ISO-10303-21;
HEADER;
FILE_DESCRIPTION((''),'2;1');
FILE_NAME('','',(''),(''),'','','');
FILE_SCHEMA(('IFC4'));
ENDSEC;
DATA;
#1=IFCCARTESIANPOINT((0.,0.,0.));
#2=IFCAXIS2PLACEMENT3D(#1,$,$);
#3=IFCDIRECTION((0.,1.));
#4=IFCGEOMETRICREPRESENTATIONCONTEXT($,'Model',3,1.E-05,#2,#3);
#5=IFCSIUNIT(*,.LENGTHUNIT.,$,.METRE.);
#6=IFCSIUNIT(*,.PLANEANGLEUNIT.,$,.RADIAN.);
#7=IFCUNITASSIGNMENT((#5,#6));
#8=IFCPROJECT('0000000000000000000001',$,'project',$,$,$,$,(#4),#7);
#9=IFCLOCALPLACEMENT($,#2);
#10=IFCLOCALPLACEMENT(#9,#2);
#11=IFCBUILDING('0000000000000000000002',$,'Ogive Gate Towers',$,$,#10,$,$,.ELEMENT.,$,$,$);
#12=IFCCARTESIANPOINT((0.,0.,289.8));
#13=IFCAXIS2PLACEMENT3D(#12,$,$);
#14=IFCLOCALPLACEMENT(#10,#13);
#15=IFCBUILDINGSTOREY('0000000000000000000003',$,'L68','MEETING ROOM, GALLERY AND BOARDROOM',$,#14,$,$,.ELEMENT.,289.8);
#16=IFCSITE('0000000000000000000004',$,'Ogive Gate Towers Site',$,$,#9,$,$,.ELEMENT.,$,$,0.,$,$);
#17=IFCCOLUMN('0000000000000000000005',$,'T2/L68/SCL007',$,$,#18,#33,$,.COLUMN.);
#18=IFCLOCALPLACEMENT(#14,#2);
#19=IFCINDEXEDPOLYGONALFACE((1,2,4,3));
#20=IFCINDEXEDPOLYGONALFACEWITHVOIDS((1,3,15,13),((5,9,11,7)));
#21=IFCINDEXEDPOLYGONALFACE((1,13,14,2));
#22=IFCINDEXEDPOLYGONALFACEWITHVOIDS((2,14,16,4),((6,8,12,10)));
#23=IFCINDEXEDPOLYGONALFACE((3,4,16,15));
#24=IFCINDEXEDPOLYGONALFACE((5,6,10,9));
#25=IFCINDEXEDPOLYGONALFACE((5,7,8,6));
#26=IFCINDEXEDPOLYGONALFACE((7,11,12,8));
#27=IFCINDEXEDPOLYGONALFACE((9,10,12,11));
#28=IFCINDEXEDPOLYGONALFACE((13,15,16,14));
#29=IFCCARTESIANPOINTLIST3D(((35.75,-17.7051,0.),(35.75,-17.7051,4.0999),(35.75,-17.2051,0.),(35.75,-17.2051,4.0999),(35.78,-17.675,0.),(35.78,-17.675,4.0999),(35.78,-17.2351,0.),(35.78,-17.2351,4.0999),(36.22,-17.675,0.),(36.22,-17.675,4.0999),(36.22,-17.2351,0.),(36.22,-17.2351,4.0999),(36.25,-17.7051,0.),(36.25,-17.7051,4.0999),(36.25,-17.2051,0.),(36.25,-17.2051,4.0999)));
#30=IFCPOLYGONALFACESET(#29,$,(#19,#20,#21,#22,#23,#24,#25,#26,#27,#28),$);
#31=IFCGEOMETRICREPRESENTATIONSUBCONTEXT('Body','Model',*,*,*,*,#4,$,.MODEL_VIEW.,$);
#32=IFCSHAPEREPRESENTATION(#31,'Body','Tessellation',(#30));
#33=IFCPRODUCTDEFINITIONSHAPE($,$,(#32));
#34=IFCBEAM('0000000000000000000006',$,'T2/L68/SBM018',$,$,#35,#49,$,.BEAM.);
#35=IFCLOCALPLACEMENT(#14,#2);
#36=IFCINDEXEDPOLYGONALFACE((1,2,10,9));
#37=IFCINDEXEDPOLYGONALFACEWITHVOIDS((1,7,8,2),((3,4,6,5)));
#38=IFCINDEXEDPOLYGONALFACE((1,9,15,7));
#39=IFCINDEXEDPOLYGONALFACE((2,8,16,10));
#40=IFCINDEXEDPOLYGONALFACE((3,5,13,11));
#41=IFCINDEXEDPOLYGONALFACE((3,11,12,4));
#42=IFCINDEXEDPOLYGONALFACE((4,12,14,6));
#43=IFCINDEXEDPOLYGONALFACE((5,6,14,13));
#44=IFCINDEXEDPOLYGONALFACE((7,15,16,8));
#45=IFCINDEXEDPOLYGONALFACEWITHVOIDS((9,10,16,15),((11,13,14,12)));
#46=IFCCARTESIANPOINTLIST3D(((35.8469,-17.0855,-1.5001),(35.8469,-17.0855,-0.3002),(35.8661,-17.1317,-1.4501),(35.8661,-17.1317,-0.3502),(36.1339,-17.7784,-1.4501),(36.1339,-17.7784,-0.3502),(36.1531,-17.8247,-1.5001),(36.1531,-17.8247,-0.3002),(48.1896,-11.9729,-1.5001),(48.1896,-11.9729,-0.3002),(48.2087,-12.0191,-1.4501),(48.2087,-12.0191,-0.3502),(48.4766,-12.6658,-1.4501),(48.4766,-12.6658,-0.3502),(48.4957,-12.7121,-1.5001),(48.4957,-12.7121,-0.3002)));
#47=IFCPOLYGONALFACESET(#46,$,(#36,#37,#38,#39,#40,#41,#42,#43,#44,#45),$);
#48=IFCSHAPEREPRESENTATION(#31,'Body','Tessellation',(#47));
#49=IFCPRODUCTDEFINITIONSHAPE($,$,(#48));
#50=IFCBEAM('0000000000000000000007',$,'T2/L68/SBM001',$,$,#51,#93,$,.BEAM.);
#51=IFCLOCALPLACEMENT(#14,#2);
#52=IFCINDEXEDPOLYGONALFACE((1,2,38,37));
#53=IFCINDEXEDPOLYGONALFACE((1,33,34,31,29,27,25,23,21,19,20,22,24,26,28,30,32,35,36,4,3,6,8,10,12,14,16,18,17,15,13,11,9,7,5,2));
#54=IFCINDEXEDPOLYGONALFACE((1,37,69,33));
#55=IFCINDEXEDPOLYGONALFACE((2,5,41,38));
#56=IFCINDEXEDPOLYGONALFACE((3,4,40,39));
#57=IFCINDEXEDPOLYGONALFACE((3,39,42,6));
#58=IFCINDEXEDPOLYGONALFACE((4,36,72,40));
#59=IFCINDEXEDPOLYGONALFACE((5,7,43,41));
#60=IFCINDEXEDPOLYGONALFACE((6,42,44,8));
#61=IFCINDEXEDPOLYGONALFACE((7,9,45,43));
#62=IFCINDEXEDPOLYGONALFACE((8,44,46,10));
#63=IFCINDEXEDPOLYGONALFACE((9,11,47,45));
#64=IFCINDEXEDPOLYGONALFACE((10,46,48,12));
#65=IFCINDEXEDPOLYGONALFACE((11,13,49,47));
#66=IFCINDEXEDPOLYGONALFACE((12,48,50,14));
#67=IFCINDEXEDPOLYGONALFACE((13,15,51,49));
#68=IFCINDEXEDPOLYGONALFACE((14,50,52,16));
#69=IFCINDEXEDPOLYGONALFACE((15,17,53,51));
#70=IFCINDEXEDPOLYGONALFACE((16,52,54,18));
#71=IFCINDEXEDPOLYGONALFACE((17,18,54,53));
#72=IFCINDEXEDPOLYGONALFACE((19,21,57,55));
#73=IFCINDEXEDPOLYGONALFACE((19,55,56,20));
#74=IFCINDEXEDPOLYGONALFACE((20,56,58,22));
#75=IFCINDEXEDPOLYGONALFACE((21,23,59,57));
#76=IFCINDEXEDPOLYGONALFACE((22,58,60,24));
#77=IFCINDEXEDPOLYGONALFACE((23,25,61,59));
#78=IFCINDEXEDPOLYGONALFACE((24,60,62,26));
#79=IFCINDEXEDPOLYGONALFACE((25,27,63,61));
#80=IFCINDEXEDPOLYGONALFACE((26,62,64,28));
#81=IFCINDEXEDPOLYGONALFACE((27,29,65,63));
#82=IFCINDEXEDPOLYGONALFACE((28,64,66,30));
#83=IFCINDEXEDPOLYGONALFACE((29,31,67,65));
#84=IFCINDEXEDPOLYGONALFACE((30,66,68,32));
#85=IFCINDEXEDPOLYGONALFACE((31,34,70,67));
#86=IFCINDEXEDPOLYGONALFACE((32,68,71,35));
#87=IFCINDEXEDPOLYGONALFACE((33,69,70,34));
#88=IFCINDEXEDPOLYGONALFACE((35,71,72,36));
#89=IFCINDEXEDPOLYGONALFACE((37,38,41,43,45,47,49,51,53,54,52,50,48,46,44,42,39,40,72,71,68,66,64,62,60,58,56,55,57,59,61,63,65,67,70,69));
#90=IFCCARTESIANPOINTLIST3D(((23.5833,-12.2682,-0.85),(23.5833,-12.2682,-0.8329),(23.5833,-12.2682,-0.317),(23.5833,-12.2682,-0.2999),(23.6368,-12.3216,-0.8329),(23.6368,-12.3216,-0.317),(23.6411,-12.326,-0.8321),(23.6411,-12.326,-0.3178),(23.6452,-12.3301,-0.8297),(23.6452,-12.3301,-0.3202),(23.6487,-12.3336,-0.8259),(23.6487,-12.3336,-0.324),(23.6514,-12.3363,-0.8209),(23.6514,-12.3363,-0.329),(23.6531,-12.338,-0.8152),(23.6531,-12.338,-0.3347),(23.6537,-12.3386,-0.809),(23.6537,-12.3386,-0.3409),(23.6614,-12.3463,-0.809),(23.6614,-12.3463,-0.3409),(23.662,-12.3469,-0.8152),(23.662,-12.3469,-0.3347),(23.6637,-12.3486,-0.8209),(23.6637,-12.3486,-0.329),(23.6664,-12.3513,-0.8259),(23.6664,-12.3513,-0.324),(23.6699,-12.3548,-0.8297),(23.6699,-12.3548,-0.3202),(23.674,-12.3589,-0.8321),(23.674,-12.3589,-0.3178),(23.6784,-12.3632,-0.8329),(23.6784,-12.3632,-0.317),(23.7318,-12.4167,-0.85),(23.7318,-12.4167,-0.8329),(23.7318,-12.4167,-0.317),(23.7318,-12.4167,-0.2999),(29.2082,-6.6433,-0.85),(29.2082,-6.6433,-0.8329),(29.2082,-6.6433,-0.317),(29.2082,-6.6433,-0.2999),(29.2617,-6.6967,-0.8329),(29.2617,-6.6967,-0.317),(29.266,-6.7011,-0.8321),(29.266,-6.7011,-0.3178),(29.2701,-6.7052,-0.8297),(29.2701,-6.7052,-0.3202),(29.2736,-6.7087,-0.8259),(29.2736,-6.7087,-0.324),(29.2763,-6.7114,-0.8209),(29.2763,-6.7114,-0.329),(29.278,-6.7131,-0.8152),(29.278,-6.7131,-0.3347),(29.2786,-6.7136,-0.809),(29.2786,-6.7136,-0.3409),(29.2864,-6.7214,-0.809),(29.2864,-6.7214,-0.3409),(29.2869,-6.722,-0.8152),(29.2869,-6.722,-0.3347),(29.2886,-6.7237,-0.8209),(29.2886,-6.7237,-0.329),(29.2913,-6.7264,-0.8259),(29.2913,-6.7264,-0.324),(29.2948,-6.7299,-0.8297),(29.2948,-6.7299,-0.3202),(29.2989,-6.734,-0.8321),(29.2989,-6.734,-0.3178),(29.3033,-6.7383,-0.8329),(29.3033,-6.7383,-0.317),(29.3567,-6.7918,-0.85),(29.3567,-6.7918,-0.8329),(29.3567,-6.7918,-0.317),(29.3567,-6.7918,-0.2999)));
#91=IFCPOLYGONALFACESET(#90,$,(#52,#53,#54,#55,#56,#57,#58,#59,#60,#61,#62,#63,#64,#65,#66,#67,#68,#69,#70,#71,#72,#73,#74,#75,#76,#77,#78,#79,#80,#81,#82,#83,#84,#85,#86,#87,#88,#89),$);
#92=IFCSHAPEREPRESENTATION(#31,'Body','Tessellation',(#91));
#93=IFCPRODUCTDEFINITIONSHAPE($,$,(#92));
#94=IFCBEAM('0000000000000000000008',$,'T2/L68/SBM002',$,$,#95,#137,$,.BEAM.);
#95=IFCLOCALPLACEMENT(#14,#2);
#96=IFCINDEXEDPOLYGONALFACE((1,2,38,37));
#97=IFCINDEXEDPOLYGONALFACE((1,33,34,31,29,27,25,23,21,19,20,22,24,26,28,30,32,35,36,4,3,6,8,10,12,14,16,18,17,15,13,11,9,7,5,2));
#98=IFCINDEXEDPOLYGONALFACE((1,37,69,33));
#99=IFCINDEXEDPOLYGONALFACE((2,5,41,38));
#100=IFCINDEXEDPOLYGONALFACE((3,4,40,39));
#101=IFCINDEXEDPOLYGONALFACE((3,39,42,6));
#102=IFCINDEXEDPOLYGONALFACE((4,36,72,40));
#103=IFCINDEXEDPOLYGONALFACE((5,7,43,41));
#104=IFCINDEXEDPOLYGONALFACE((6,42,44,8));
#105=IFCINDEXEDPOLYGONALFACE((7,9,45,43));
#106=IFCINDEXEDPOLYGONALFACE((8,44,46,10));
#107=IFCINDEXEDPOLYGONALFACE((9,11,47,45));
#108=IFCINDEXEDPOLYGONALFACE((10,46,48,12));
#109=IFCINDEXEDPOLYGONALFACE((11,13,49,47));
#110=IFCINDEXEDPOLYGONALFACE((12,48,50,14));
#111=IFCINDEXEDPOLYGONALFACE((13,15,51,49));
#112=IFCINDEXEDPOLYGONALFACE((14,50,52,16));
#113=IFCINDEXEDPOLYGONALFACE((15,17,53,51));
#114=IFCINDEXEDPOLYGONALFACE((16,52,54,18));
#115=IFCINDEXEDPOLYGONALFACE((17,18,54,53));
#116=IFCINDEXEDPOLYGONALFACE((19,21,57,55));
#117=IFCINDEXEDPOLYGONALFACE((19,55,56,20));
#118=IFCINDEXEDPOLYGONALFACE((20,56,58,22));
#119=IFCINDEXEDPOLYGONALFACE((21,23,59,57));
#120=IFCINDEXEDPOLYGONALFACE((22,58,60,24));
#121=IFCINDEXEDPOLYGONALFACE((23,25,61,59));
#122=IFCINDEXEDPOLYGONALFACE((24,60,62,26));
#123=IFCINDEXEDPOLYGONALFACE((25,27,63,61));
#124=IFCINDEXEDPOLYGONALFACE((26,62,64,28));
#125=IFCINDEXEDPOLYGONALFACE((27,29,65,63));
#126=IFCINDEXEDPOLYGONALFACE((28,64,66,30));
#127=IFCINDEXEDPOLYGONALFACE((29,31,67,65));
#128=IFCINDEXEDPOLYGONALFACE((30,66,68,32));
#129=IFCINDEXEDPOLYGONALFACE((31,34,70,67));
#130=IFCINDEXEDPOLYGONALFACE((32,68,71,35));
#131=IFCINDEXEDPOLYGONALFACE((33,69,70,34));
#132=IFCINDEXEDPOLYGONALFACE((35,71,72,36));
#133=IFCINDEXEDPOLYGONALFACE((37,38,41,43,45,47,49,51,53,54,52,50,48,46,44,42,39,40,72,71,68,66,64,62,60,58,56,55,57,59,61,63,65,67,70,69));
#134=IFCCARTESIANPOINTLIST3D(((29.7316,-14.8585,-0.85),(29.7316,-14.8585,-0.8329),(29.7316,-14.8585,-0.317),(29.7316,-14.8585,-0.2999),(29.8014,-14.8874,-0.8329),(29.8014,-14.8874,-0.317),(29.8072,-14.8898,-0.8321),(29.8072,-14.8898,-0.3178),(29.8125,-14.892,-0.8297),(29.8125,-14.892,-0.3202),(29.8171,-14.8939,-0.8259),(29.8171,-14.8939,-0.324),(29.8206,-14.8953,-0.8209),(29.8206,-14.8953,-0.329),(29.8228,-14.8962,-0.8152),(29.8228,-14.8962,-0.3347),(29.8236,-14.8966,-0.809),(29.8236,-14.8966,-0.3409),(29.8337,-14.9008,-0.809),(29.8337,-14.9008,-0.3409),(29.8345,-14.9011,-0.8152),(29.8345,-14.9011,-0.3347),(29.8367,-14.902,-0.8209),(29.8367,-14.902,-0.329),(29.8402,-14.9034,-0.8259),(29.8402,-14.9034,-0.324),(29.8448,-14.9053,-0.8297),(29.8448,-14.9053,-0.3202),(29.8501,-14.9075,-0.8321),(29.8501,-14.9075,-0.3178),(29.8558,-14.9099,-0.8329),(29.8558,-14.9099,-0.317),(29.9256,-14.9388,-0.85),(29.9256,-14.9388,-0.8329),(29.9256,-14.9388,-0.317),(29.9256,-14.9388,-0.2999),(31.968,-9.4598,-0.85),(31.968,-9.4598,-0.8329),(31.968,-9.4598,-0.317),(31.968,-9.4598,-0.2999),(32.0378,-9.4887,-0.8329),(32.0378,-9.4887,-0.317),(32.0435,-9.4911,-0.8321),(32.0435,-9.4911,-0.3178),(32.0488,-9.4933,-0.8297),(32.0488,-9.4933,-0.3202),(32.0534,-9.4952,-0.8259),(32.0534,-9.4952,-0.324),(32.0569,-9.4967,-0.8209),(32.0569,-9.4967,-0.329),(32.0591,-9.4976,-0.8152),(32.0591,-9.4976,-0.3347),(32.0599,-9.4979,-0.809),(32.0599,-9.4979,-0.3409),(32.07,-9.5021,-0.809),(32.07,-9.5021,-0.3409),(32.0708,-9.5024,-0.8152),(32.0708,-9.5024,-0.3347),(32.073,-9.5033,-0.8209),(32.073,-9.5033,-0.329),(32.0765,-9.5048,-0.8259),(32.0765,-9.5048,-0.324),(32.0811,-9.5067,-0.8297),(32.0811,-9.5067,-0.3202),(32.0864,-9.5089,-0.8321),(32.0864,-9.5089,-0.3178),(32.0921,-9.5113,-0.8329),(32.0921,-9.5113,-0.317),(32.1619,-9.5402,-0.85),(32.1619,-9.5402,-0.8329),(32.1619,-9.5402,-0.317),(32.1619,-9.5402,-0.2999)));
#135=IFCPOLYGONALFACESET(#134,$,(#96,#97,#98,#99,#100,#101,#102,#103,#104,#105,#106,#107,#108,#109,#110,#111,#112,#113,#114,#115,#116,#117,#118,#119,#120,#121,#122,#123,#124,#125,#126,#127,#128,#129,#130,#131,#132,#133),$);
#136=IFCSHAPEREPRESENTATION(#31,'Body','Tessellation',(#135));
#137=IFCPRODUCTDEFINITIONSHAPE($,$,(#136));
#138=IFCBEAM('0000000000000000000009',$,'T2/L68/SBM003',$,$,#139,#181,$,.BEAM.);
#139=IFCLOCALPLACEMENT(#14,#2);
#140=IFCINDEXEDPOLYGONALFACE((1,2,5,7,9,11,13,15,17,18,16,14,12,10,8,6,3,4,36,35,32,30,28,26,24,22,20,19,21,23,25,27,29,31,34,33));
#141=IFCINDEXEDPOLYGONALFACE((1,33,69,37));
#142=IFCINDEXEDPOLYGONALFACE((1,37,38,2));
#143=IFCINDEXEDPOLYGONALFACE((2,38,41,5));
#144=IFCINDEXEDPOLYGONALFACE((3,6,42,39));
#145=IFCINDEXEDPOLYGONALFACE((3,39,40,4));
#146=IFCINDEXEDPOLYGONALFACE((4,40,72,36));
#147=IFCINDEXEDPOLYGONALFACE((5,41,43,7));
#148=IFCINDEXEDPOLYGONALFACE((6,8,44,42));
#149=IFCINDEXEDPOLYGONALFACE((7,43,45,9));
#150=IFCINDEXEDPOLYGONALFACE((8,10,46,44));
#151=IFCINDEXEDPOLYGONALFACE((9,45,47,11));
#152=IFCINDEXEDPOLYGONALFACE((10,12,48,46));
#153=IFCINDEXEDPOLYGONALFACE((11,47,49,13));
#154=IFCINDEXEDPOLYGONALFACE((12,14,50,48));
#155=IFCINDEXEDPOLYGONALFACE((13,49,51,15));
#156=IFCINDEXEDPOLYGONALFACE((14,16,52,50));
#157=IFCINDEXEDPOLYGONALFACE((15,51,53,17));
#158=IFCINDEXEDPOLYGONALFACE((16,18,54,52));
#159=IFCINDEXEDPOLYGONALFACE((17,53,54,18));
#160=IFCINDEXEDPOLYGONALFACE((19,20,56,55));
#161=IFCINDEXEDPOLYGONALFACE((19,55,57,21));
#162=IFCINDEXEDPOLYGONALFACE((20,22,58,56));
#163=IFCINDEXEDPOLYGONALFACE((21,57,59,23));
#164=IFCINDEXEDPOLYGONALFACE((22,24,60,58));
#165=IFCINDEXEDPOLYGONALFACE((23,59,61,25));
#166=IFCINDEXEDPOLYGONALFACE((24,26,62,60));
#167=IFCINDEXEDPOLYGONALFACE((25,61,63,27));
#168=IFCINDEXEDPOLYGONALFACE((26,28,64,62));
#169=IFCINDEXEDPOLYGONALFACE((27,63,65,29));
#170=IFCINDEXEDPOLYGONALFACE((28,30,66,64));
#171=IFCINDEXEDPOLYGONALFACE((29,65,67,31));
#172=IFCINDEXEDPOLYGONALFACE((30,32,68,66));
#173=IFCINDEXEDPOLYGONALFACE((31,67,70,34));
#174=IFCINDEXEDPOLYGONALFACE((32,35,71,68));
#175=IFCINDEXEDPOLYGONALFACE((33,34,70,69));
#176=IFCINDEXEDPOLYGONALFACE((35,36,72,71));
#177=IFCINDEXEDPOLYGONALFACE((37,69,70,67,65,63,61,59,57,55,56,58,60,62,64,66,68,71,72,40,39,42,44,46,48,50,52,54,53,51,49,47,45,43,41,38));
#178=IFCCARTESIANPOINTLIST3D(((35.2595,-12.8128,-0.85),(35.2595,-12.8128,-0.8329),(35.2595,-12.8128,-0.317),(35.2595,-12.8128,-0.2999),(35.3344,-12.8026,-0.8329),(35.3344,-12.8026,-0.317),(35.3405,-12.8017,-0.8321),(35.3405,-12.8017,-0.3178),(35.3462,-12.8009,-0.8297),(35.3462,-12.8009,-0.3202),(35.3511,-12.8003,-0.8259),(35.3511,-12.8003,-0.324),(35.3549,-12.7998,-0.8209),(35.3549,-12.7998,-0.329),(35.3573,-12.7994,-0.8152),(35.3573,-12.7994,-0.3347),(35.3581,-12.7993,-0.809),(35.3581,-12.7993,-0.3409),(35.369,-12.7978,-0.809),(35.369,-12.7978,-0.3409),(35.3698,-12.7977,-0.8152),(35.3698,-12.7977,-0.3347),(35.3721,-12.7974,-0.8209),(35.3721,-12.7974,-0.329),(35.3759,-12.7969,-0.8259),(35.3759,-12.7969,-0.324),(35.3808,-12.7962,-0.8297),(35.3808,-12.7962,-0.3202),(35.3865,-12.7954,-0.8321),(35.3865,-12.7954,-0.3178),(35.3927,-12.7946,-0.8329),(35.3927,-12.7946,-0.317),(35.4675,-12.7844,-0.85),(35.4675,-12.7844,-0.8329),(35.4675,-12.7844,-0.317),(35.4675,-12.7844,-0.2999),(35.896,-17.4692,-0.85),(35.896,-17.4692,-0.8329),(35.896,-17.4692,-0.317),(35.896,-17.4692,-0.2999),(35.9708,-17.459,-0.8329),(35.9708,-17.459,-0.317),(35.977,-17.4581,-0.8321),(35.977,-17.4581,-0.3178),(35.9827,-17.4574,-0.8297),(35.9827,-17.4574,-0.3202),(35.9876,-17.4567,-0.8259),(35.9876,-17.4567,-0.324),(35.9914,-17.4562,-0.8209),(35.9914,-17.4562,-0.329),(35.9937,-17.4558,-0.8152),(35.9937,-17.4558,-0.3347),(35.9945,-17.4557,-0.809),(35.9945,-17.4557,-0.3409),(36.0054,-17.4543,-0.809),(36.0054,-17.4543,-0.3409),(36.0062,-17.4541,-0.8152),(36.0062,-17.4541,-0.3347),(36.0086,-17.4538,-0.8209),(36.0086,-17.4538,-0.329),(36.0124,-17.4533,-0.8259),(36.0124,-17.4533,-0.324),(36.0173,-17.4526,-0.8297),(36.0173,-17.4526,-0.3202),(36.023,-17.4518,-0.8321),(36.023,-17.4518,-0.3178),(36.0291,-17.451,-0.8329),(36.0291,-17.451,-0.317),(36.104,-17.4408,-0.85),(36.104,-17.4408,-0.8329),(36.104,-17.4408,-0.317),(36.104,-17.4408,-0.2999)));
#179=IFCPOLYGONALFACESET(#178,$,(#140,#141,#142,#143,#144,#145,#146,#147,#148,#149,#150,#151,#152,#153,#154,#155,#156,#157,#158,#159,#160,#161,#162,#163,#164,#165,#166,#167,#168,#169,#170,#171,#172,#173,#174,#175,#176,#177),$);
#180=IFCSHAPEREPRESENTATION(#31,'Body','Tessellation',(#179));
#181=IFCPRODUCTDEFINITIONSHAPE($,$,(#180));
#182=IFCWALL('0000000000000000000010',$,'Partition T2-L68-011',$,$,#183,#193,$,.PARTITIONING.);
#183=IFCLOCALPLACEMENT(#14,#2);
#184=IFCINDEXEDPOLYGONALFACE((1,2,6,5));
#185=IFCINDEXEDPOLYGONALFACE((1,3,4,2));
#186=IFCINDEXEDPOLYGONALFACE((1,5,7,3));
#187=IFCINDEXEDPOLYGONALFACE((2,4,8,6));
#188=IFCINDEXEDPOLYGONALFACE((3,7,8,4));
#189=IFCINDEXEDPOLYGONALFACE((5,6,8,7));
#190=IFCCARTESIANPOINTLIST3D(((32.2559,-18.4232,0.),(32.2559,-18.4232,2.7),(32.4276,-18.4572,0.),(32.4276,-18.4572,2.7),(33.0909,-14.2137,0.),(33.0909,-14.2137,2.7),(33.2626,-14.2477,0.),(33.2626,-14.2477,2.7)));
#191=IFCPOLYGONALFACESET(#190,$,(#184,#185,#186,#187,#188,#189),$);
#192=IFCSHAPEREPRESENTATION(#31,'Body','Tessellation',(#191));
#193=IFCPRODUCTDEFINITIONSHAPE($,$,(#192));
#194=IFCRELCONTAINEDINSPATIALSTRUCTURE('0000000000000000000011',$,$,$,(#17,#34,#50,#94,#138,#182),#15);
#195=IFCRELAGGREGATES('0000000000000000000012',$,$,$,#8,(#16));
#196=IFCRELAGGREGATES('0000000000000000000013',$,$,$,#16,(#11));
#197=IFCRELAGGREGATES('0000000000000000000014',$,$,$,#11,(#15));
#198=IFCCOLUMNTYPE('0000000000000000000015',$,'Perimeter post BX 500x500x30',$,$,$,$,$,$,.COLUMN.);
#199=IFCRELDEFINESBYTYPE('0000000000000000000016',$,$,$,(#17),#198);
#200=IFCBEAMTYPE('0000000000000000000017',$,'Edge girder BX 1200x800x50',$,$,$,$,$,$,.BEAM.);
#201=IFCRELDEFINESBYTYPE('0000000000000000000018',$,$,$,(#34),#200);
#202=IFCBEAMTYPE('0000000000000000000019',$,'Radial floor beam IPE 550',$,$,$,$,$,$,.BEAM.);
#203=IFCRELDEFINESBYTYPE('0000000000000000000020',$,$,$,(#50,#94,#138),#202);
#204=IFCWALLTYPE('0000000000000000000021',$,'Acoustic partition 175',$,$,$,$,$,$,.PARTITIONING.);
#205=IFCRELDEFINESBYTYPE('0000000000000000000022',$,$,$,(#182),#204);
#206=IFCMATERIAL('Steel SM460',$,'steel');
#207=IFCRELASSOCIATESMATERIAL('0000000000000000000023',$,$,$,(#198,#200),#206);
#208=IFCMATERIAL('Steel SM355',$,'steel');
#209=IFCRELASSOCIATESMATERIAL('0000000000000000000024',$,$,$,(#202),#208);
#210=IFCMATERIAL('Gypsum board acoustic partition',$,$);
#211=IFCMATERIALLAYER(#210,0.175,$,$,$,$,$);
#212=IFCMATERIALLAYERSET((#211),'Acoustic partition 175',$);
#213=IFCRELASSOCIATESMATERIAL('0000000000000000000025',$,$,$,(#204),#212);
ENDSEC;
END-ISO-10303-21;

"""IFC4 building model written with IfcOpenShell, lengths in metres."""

from ifc_helpers import new_model, si_unit, direction, frame, frame_2d, origin, origin_2d, place, context, subcontext, project, spatial, rectangle, hollow_rectangle, i_section, extrude, material, layer, layer_set, material_profile, profile_set, type_object, element, save


model = new_model("IFC4")

# Units and contexts
model_context = context("Model", 3, precision=1e-05, world=origin(), true_north=direction((0.0, 1.0)))
body_context = subcontext(model_context, "Body", "Model", "MODEL_VIEW")
ifc_project = project(units=[si_unit("LENGTHUNIT", "METRE"), si_unit("PLANEANGLEUNIT", "RADIAN")], contexts=[model_context])

# Site, building, storey
site_placement = place(None, origin())
site = spatial("IfcSite", under=ifc_project, at=site_placement, Name="Ogive Gate Towers Site", CompositionType="ELEMENT", RefElevation=0.0)
building_placement = place(site_placement, origin())
building = spatial("IfcBuilding", under=site, at=building_placement, Name="Ogive Gate Towers", CompositionType="ELEMENT")
storey_placement = place(building_placement, frame((0.0, 0.0, 289.8)))
storey = spatial("IfcBuildingStorey", under=building, at=storey_placement, Name="L68", Description="MEETING ROOM, GALLERY AND BOARDROOM", CompositionType="ELEMENT", Elevation=289.8)

# Column
ifc_material_1 = material(Name="Steel SM460", Category="steel")
ifc_material_profile_1 = material_profile(ifc_material_1, hollow_rectangle(XDim=0.5, YDim=0.5, WallThickness=0.03, at=origin_2d()), Name="BX 500x500x30")
ifc_profile_set_1 = profile_set([ifc_material_profile_1], Name="Steel SM460")
column_type = type_object("IfcColumnType", Name="Perimeter post BX 500x500x30", PredefinedType="COLUMN", material=ifc_profile_set_1)
column_placement = place(storey_placement, frame((36.0, -17.4551, 0.0), z_axis=(0.0, 0.0, 1.0), x_axis=(1.0, 0.0, 0.0)))
element("IfcColumn", 1, at=column_placement, inside=storey, type_object=column_type, Name="T2/L68/SCL007", PredefinedType="COLUMN", context=body_context, shape_type="SweptSolid", body=[
    extrude(hollow_rectangle(XDim=0.5, YDim=0.5, WallThickness=0.03, at=origin_2d()), origin(), (0.0, 0.0, 1.0), 4.0999),
])

# Beams
ifc_material_profile_2 = material_profile(ifc_material_1, hollow_rectangle(XDim=0.8, YDim=1.2, WallThickness=0.05, at=origin_2d()), Name="BX 1200x800x50")
ifc_profile_set_2 = profile_set([ifc_material_profile_2], Name="Steel SM460")
beam_type_1 = type_object("IfcBeamType", Name="Edge girder BX 1200x800x50", PredefinedType="BEAM", material=ifc_profile_set_2)
beam_1_placement = place(storey_placement, frame((36.0, -17.4551, -0.9001), z_axis=(0.923877, 0.38269, 0.0), x_axis=(-0.38269, 0.923877, 0.0)))
element("IfcBeam", 2, at=beam_1_placement, inside=storey, type_object=beam_type_1, Name="T2/L68/SBM018", PredefinedType="BEAM", context=body_context, shape_type="SweptSolid", body=[
    extrude(hollow_rectangle(XDim=0.8, YDim=1.2, WallThickness=0.05, at=origin_2d()), origin(), (0.0, 0.0, 1.0), 13.3596),
])
ifc_material_2 = material(Name="Steel SM355", Category="steel")
ifc_material_profile_3 = material_profile(ifc_material_2, i_section(OverallWidth=0.21, OverallDepth=0.55, WebThickness=0.011, FlangeThickness=0.0171, FilletRadius=0.0239, at=origin_2d()), Name="IPE 550")
ifc_profile_set_3 = profile_set([ifc_material_profile_3], Name="Steel SM355")
beam_type_2 = type_object("IfcBeamType", Name="Radial floor beam IPE 550", PredefinedType="BEAM", material=ifc_profile_set_3)
beam_2_placement = place(storey_placement, frame((29.2825, -6.7175, -0.575), z_axis=(-0.707107, -0.707107, 0.0), x_axis=(0.707107, -0.707107, 0.0)))
element("IfcBeam", 3, at=beam_2_placement, inside=storey, type_object=beam_type_2, Name="T2/L68/SBM001", PredefinedType="BEAM", context=body_context, shape_type="SweptSolid", body=[
    extrude(i_section(OverallWidth=0.21, OverallDepth=0.55, WebThickness=0.011, FlangeThickness=0.0171, FilletRadius=0.0239, at=origin_2d()), origin(), (0.0, 0.0, 1.0), 7.9548),
])
beam_3_placement = place(storey_placement, frame((32.0649, -9.5, -0.575), z_axis=(-0.382701, -0.923872, 0.0), x_axis=(0.923872, -0.382701, 0.0)))
element("IfcBeam", 4, at=beam_3_placement, inside=storey, type_object=beam_type_2, Name="T2/L68/SBM002", PredefinedType="BEAM", context=body_context, shape_type="SweptSolid", body=[
    extrude(i_section(OverallWidth=0.21, OverallDepth=0.55, WebThickness=0.011, FlangeThickness=0.0171, FilletRadius=0.0239, at=origin_2d()), origin(), (0.0, 0.0, 1.0), 5.8435),
])
beam_4_placement = place(storey_placement, frame((35.3635, -12.7986, -0.575), z_axis=(0.135426, -0.990787, 0.0), x_axis=(0.990787, 0.135426, 0.0)))
element("IfcBeam", 5, at=beam_4_placement, inside=storey, type_object=beam_type_2, Name="T2/L68/SBM003", PredefinedType="BEAM", context=body_context, shape_type="SweptSolid", body=[
    extrude(i_section(OverallWidth=0.21, OverallDepth=0.55, WebThickness=0.011, FlangeThickness=0.0171, FilletRadius=0.0239, at=origin_2d()), origin(), (0.0, 0.0, 1.0), 4.6997),
])

# Wall
ifc_material_3 = material(Name="Gypsum board acoustic partition")
ifc_layer_1 = layer(ifc_material_3, 0.175)
ifc_layer_set_1 = layer_set([ifc_layer_1], Name="Acoustic partition 175")
wall_type_1 = type_object("IfcWallType", Name="Acoustic partition 175", PredefinedType="PARTITIONING", material=ifc_layer_set_1)
wall_1_placement = place(storey_placement, frame((32.3418, -18.4402, 0.0), z_axis=(0.0, 0.0, 1.0), x_axis=(0.194562, 0.98089, 0.0)))
element("IfcWall", 6, at=wall_1_placement, inside=storey, type_object=wall_type_1, Name="Partition T2-L68-011", PredefinedType="PARTITIONING", context=body_context, shape_type="SweptSolid", body=[
    extrude(rectangle(XDim=4.2915, YDim=0.175, at=frame_2d((2.1458, 0.0))), origin(), (0.0, 0.0, 1.0), 2.7),
])

save(model, "model.ifc")
